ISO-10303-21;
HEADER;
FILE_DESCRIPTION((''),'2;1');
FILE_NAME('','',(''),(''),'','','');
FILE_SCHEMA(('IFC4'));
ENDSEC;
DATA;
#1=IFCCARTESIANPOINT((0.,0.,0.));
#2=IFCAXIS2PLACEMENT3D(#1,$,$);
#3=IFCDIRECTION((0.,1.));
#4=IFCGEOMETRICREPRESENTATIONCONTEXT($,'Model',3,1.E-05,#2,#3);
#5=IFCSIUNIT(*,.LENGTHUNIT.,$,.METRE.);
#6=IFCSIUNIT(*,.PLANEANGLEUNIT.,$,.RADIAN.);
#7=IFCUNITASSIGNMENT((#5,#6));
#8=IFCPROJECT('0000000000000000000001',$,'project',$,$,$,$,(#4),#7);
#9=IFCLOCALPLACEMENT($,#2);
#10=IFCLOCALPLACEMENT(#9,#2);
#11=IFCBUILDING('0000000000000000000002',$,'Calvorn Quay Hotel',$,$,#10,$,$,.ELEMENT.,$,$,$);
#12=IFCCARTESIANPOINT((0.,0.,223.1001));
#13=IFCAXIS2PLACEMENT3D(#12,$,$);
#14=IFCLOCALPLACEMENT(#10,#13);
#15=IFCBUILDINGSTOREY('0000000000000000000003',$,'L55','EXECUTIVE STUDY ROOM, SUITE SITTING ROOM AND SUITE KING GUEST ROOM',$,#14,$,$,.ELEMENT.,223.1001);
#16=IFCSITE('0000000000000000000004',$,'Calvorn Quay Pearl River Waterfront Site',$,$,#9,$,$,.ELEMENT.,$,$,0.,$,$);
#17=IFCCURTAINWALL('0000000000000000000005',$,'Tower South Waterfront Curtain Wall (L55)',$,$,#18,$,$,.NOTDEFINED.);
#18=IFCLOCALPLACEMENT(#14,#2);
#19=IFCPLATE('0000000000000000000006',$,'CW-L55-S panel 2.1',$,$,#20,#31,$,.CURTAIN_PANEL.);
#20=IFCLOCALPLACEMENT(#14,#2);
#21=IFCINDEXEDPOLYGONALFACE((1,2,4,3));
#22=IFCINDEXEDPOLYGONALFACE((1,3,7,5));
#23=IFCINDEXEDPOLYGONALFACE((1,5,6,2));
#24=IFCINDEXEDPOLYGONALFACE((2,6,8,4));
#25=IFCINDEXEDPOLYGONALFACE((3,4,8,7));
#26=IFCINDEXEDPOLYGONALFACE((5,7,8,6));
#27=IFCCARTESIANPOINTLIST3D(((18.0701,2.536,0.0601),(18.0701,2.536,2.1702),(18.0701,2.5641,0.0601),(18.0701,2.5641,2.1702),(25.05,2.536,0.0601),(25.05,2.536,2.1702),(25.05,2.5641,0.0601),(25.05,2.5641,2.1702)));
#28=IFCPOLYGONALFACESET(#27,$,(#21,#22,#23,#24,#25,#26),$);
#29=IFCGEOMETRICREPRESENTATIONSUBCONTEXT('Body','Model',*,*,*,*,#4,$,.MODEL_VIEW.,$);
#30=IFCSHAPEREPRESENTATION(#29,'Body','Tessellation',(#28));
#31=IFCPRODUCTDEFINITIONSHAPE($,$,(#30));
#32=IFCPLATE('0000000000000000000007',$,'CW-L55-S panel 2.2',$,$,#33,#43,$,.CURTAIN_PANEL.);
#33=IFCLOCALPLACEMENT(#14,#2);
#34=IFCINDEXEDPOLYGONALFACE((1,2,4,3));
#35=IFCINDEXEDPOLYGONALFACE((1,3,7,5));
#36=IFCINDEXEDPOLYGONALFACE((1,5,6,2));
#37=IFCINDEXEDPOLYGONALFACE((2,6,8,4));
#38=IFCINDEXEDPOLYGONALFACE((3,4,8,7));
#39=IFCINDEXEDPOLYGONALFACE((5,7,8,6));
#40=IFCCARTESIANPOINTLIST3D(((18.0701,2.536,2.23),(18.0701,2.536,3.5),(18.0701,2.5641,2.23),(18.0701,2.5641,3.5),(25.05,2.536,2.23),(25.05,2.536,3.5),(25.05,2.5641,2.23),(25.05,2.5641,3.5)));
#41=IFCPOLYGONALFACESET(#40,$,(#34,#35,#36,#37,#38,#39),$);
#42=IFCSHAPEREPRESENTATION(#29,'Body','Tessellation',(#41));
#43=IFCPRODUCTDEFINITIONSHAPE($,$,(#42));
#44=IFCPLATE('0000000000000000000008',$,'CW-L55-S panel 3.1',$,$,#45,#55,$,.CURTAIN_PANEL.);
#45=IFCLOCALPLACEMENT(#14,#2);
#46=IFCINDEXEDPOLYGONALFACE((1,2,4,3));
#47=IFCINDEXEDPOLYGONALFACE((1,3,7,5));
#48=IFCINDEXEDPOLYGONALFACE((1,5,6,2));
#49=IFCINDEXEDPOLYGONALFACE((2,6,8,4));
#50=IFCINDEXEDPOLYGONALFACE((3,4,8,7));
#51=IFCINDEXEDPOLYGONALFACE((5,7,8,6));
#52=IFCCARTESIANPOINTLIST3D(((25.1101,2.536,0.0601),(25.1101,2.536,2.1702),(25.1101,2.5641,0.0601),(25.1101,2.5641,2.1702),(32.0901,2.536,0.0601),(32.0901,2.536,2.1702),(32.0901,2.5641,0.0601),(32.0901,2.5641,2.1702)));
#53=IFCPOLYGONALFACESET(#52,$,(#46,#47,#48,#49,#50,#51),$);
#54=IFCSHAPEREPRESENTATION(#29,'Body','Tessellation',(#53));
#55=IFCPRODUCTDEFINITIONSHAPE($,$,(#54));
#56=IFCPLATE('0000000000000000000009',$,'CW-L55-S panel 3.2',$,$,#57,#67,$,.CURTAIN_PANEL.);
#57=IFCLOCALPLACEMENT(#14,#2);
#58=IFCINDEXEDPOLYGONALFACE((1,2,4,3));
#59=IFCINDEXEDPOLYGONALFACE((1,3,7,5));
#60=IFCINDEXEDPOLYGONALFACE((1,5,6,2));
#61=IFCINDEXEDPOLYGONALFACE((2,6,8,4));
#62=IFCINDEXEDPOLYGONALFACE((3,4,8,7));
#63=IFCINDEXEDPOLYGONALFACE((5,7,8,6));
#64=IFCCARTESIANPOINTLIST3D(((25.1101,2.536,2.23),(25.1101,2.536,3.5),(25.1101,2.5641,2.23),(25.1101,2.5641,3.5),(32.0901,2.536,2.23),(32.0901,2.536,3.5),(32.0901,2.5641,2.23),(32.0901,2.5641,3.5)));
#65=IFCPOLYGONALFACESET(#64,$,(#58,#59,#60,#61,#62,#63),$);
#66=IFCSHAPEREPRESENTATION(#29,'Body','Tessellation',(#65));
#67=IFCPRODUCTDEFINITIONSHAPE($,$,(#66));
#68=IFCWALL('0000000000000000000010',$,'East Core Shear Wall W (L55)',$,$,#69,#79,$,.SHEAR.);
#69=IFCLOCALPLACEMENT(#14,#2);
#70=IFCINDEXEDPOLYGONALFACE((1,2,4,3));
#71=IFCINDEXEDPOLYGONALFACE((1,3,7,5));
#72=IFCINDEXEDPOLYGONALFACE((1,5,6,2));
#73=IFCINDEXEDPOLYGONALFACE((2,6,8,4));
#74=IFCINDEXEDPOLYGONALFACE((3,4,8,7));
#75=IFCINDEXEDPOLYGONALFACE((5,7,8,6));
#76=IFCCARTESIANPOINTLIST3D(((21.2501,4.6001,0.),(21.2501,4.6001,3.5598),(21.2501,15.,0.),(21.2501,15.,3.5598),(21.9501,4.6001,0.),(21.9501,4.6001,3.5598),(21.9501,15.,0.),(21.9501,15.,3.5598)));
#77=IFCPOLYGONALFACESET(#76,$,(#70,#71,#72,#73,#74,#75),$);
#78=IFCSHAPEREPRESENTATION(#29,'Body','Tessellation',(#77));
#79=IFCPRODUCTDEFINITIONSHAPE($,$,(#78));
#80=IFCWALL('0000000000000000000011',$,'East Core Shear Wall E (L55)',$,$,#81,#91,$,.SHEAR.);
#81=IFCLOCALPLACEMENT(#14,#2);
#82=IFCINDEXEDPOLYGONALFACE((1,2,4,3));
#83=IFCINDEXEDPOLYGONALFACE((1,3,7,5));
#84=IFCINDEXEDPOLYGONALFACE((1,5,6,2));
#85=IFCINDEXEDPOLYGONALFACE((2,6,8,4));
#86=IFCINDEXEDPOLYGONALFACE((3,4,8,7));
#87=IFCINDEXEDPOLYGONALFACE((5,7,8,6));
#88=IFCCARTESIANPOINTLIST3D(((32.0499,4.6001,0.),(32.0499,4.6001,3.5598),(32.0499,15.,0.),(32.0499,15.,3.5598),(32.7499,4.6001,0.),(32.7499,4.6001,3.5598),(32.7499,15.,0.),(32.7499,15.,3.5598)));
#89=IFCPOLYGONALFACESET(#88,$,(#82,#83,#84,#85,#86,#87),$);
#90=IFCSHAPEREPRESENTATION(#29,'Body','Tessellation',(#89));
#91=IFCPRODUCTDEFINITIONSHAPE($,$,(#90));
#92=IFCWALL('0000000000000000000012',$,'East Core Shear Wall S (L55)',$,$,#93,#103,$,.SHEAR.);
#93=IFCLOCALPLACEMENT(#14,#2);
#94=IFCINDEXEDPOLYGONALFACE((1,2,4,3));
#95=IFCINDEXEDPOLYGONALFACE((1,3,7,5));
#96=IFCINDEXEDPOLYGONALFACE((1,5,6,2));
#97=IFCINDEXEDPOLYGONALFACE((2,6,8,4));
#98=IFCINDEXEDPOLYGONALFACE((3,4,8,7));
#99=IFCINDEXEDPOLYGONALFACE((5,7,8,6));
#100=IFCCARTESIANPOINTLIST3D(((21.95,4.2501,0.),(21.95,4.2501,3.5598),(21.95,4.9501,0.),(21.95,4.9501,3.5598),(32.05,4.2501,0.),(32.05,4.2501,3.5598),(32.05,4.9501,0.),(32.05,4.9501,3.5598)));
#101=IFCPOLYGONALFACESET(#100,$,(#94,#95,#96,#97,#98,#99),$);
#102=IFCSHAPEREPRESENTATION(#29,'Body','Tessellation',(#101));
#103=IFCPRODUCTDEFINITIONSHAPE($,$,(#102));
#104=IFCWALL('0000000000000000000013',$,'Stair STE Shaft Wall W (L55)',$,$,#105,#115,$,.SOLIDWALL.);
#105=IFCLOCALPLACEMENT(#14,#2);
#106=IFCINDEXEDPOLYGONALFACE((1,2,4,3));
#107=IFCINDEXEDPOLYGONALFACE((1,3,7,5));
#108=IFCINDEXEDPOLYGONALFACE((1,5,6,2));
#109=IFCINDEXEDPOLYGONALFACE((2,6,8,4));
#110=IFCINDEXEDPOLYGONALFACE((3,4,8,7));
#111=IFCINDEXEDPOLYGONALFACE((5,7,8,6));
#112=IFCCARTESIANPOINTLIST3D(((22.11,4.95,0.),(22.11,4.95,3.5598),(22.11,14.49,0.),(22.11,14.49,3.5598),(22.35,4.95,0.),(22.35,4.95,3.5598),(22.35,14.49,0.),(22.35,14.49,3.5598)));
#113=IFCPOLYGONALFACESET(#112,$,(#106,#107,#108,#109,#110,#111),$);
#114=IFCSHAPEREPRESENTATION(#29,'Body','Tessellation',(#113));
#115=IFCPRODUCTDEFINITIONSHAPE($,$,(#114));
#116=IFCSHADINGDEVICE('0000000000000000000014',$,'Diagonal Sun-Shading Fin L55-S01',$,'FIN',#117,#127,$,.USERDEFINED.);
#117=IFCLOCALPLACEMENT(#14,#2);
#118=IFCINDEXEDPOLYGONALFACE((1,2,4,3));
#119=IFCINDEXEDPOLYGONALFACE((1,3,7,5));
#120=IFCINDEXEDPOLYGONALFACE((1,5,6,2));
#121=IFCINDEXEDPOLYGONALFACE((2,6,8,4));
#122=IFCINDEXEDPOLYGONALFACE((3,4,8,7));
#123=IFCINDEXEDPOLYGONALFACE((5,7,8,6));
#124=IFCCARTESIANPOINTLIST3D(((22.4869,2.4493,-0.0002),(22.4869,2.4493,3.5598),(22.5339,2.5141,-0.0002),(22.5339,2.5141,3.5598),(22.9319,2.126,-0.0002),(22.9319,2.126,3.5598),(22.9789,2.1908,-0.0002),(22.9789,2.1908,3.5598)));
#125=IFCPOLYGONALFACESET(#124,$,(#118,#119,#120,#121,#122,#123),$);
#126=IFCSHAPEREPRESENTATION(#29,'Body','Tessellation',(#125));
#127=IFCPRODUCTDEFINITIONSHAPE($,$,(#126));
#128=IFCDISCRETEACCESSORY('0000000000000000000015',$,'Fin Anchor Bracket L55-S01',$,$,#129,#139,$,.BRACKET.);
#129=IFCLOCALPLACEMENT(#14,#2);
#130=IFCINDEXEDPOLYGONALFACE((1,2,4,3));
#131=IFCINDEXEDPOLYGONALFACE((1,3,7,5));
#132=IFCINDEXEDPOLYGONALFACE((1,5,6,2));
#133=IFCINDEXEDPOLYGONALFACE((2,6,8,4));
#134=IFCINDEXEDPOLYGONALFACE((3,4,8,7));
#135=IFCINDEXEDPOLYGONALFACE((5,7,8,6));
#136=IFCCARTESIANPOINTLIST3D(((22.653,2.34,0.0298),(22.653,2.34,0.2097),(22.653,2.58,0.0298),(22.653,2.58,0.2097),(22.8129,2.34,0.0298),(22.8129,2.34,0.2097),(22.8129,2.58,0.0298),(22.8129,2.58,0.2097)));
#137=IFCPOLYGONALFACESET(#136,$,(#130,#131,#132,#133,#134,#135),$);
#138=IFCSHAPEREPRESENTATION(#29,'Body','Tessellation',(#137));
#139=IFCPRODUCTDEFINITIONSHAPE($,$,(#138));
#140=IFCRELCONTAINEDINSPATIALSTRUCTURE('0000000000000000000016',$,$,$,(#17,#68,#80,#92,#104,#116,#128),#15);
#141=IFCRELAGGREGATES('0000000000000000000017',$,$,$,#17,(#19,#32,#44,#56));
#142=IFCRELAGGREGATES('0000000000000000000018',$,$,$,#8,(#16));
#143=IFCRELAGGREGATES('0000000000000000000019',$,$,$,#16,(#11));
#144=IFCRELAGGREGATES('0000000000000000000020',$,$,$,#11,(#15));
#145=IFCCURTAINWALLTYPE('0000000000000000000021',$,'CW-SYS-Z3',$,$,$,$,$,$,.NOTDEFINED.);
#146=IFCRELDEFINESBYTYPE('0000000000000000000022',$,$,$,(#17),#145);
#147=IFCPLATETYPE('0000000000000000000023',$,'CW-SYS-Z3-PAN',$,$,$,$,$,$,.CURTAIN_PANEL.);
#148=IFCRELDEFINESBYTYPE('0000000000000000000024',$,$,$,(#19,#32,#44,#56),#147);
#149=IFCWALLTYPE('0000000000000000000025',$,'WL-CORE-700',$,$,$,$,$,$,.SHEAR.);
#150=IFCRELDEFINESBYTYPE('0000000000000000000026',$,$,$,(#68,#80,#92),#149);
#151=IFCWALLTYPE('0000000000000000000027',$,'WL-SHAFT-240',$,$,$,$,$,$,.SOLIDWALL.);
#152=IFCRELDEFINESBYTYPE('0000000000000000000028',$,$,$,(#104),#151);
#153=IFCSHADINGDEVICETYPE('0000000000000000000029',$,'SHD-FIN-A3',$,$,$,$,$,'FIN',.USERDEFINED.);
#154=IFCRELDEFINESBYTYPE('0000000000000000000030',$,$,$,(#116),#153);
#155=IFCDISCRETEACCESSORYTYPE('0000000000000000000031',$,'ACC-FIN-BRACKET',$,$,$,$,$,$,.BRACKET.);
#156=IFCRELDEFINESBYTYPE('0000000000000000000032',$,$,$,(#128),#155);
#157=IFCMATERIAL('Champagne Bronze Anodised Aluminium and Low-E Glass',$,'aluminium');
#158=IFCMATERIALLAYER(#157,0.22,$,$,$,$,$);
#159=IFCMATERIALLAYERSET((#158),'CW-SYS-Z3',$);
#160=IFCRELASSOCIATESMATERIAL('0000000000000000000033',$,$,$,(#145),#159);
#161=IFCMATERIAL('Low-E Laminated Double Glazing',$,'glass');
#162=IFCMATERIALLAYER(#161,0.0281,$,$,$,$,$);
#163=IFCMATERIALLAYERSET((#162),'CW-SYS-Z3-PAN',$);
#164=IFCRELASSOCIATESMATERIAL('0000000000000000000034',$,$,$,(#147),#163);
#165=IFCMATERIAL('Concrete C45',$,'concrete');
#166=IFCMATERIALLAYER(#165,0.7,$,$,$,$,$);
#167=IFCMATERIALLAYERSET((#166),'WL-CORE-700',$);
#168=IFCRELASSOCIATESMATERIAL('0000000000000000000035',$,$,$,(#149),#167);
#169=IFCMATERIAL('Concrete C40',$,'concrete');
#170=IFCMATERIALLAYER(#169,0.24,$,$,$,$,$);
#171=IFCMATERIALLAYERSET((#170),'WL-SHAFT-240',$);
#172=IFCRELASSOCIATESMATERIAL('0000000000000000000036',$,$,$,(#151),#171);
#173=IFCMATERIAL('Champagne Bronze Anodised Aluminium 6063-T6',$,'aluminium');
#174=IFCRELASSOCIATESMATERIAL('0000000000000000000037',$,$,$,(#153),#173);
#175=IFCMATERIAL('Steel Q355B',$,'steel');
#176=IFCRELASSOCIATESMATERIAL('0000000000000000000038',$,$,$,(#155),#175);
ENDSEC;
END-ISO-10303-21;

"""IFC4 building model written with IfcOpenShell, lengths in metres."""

from ifc_helpers import new_model, si_unit, direction, frame, frame_2d, origin, origin_2d, place, context, subcontext, project, spatial, rectangle, extrude, material, layer, layer_set, type_object, element, aggregate, save


model = new_model("IFC4")

# Units and contexts
model_context = context("Model", 3, precision=1e-05, world=origin(), true_north=direction((0.0, 1.0)))
body_context = subcontext(model_context, "Body", "Model", "MODEL_VIEW")
ifc_project = project(units=[si_unit("LENGTHUNIT", "METRE"), si_unit("PLANEANGLEUNIT", "RADIAN")], contexts=[model_context])

# Site, building, storey
site_placement = place(None, origin())
site = spatial("IfcSite", under=ifc_project, at=site_placement, Name="Calvorn Quay Pearl River Waterfront Site", CompositionType="ELEMENT", RefElevation=0.0)
building_placement = place(site_placement, origin())
building = spatial("IfcBuilding", under=site, at=building_placement, Name="Calvorn Quay Hotel", CompositionType="ELEMENT")
storey_placement = place(building_placement, frame((0.0, 0.0, 223.1001)))
storey = spatial("IfcBuildingStorey", under=building, at=storey_placement, Name="L55", Description="EXECUTIVE STUDY ROOM, SUITE SITTING ROOM AND SUITE KING GUEST ROOM", CompositionType="ELEMENT", Elevation=223.1001)

# Curtain wall, plates
ifc_material_1 = material(Name="Champagne Bronze Anodised Aluminium and Low-E Glass", Category="aluminium")
ifc_layer_1 = layer(ifc_material_1, 0.22)
ifc_layer_set_1 = layer_set([ifc_layer_1], Name="CW-SYS-Z3")
curtain_wall_type = type_object("IfcCurtainWallType", Name="CW-SYS-Z3", PredefinedType="NOTDEFINED", material=ifc_layer_set_1)
curtain_wall_placement = place(storey_placement, origin())
curtain_wall = element("IfcCurtainWall", 1, at=curtain_wall_placement, inside=storey, type_object=curtain_wall_type, Name="Tower South Waterfront Curtain Wall (L55)", PredefinedType="NOTDEFINED")
ifc_material_2 = material(Name="Low-E Laminated Double Glazing", Category="glass")
ifc_layer_2 = layer(ifc_material_2, 0.0281)
ifc_layer_set_2 = layer_set([ifc_layer_2], Name="CW-SYS-Z3-PAN")
plate_type = type_object("IfcPlateType", Name="CW-SYS-Z3-PAN", PredefinedType="CURTAIN_PANEL", material=ifc_layer_set_2)
plate_1_placement = place(storey_placement, frame((21.5601, 2.55, 0.0601), z_axis=(0.0, 0.0, 1.0), x_axis=(1.0, 0.0, 0.0)))
plate_1 = element("IfcPlate", 2, at=plate_1_placement, type_object=plate_type, Name="CW-L55-S panel 2.1", PredefinedType="CURTAIN_PANEL", context=body_context, shape_type="SweptSolid", body=[
    extrude(rectangle(XDim=6.98, YDim=0.0281, at=origin_2d()), origin(), (0.0, 0.0, 1.0), 2.1101),
])
plate_2_placement = place(storey_placement, frame((21.5601, 2.55, 2.23), z_axis=(0.0, 0.0, 1.0), x_axis=(1.0, 0.0, 0.0)))
plate_2 = element("IfcPlate", 3, at=plate_2_placement, type_object=plate_type, Name="CW-L55-S panel 2.2", PredefinedType="CURTAIN_PANEL", context=body_context, shape_type="SweptSolid", body=[
    extrude(rectangle(XDim=6.98, YDim=0.0281, at=origin_2d()), origin(), (0.0, 0.0, 1.0), 1.27),
])
plate_3_placement = place(storey_placement, frame((28.6001, 2.55, 0.0601), z_axis=(0.0, 0.0, 1.0), x_axis=(1.0, 0.0, 0.0)))
plate_3 = element("IfcPlate", 4, at=plate_3_placement, type_object=plate_type, Name="CW-L55-S panel 3.1", PredefinedType="CURTAIN_PANEL", context=body_context, shape_type="SweptSolid", body=[
    extrude(rectangle(XDim=6.98, YDim=0.0281, at=origin_2d()), origin(), (0.0, 0.0, 1.0), 2.1101),
])
plate_4_placement = place(storey_placement, frame((28.6001, 2.55, 2.23), z_axis=(0.0, 0.0, 1.0), x_axis=(1.0, 0.0, 0.0)))
plate_4 = element("IfcPlate", 5, at=plate_4_placement, type_object=plate_type, Name="CW-L55-S panel 3.2", PredefinedType="CURTAIN_PANEL", context=body_context, shape_type="SweptSolid", body=[
    extrude(rectangle(XDim=6.98, YDim=0.0281, at=origin_2d()), origin(), (0.0, 0.0, 1.0), 1.27),
])
aggregate(curtain_wall, [plate_1, plate_2, plate_3, plate_4])

# Walls
ifc_material_3 = material(Name="Concrete C45", Category="concrete")
ifc_layer_3 = layer(ifc_material_3, 0.7)
ifc_layer_set_3 = layer_set([ifc_layer_3], Name="WL-CORE-700")
wall_type_1 = type_object("IfcWallType", Name="WL-CORE-700", PredefinedType="SHEAR", material=ifc_layer_set_3)
for number, where, z_axis, x_axis, name in (
    (6, (21.6001, 4.6001, 0.0), (0.0, 0.0, 1.0), (0.0, 1.0, 0.0), "East Core Shear Wall W (L55)"),
    (7, (32.3999, 4.6001, 0.0), (0.0, 0.0, 1.0), (0.0, 1.0, 0.0), "East Core Shear Wall E (L55)"),
):
    element("IfcWall", number, at=place(storey_placement, frame(where, z_axis=z_axis, x_axis=x_axis)), inside=storey, type_object=wall_type_1, Name=name, PredefinedType="SHEAR", context=body_context, shape_type="SweptSolid", body=[
        extrude(rectangle(XDim=10.3999, YDim=0.7, at=frame_2d((5.2, 0.0))), origin(), (0.0, 0.0, 1.0), 3.5598),
    ])
wall_1_placement = place(storey_placement, frame((21.95, 4.6001, 0.0), z_axis=(0.0, 0.0, 1.0), x_axis=(1.0, 0.0, 0.0)))
element("IfcWall", 8, at=wall_1_placement, inside=storey, type_object=wall_type_1, Name="East Core Shear Wall S (L55)", PredefinedType="SHEAR", context=body_context, shape_type="SweptSolid", body=[
    extrude(rectangle(XDim=10.1001, YDim=0.7, at=frame_2d((5.05, 0.0))), origin(), (0.0, 0.0, 1.0), 3.5598),
])
ifc_material_4 = material(Name="Concrete C40", Category="concrete")
ifc_layer_4 = layer(ifc_material_4, 0.24)
ifc_layer_set_4 = layer_set([ifc_layer_4], Name="WL-SHAFT-240")
wall_type_2 = type_object("IfcWallType", Name="WL-SHAFT-240", PredefinedType="SOLIDWALL", material=ifc_layer_set_4)
wall_2_placement = place(storey_placement, frame((22.23, 4.95, 0.0), z_axis=(0.0, 0.0, 1.0), x_axis=(0.0, 1.0, 0.0)))
element("IfcWall", 9, at=wall_2_placement, inside=storey, type_object=wall_type_2, Name="Stair STE Shaft Wall W (L55)", PredefinedType="SOLIDWALL", context=body_context, shape_type="SweptSolid", body=[
    extrude(rectangle(XDim=9.54, YDim=0.24, at=frame_2d((4.77, 0.0))), origin(), (0.0, 0.0, 1.0), 3.5598),
])

# Shading device
ifc_material_5 = material(Name="Champagne Bronze Anodised Aluminium 6063-T6", Category="aluminium")
shading_device_type = type_object("IfcShadingDeviceType", Name="SHD-FIN-A3", ElementType="FIN", PredefinedType="USERDEFINED", material=ifc_material_5)
shading_device_placement = place(storey_placement, frame((22.7329, 2.3201, -0.0002), z_axis=(0.0, 0.0, 1.0), x_axis=(-0.809017, 0.587785, 0.0)))
element("IfcShadingDevice", 10, at=shading_device_placement, inside=storey, type_object=shading_device_type, Name="Diagonal Sun-Shading Fin L55-S01", ObjectType="FIN", PredefinedType="USERDEFINED", context=body_context, shape_type="SweptSolid", body=[
    extrude(rectangle(XDim=0.55, YDim=0.0801, at=origin_2d()), origin(), (0.0, 0.0, 1.0), 3.5601),
])

# Discrete accessory
ifc_material_6 = material(Name="Steel Q355B", Category="steel")
discrete_accessory_type = type_object("IfcDiscreteAccessoryType", Name="ACC-FIN-BRACKET", PredefinedType="BRACKET", material=ifc_material_6)
discrete_accessory_placement = place(storey_placement, frame((22.7329, 2.46, 0.0298), z_axis=(0.0, 0.0, 1.0), x_axis=(0.0, 1.0, 0.0)))
element("IfcDiscreteAccessory", 11, at=discrete_accessory_placement, inside=storey, type_object=discrete_accessory_type, Name="Fin Anchor Bracket L55-S01", PredefinedType="BRACKET", context=body_context, shape_type="SweptSolid", body=[
    extrude(rectangle(XDim=0.24, YDim=0.1599, at=origin_2d()), origin(), (0.0, 0.0, 1.0), 0.1799),
])

save(model, "model.ifc")
